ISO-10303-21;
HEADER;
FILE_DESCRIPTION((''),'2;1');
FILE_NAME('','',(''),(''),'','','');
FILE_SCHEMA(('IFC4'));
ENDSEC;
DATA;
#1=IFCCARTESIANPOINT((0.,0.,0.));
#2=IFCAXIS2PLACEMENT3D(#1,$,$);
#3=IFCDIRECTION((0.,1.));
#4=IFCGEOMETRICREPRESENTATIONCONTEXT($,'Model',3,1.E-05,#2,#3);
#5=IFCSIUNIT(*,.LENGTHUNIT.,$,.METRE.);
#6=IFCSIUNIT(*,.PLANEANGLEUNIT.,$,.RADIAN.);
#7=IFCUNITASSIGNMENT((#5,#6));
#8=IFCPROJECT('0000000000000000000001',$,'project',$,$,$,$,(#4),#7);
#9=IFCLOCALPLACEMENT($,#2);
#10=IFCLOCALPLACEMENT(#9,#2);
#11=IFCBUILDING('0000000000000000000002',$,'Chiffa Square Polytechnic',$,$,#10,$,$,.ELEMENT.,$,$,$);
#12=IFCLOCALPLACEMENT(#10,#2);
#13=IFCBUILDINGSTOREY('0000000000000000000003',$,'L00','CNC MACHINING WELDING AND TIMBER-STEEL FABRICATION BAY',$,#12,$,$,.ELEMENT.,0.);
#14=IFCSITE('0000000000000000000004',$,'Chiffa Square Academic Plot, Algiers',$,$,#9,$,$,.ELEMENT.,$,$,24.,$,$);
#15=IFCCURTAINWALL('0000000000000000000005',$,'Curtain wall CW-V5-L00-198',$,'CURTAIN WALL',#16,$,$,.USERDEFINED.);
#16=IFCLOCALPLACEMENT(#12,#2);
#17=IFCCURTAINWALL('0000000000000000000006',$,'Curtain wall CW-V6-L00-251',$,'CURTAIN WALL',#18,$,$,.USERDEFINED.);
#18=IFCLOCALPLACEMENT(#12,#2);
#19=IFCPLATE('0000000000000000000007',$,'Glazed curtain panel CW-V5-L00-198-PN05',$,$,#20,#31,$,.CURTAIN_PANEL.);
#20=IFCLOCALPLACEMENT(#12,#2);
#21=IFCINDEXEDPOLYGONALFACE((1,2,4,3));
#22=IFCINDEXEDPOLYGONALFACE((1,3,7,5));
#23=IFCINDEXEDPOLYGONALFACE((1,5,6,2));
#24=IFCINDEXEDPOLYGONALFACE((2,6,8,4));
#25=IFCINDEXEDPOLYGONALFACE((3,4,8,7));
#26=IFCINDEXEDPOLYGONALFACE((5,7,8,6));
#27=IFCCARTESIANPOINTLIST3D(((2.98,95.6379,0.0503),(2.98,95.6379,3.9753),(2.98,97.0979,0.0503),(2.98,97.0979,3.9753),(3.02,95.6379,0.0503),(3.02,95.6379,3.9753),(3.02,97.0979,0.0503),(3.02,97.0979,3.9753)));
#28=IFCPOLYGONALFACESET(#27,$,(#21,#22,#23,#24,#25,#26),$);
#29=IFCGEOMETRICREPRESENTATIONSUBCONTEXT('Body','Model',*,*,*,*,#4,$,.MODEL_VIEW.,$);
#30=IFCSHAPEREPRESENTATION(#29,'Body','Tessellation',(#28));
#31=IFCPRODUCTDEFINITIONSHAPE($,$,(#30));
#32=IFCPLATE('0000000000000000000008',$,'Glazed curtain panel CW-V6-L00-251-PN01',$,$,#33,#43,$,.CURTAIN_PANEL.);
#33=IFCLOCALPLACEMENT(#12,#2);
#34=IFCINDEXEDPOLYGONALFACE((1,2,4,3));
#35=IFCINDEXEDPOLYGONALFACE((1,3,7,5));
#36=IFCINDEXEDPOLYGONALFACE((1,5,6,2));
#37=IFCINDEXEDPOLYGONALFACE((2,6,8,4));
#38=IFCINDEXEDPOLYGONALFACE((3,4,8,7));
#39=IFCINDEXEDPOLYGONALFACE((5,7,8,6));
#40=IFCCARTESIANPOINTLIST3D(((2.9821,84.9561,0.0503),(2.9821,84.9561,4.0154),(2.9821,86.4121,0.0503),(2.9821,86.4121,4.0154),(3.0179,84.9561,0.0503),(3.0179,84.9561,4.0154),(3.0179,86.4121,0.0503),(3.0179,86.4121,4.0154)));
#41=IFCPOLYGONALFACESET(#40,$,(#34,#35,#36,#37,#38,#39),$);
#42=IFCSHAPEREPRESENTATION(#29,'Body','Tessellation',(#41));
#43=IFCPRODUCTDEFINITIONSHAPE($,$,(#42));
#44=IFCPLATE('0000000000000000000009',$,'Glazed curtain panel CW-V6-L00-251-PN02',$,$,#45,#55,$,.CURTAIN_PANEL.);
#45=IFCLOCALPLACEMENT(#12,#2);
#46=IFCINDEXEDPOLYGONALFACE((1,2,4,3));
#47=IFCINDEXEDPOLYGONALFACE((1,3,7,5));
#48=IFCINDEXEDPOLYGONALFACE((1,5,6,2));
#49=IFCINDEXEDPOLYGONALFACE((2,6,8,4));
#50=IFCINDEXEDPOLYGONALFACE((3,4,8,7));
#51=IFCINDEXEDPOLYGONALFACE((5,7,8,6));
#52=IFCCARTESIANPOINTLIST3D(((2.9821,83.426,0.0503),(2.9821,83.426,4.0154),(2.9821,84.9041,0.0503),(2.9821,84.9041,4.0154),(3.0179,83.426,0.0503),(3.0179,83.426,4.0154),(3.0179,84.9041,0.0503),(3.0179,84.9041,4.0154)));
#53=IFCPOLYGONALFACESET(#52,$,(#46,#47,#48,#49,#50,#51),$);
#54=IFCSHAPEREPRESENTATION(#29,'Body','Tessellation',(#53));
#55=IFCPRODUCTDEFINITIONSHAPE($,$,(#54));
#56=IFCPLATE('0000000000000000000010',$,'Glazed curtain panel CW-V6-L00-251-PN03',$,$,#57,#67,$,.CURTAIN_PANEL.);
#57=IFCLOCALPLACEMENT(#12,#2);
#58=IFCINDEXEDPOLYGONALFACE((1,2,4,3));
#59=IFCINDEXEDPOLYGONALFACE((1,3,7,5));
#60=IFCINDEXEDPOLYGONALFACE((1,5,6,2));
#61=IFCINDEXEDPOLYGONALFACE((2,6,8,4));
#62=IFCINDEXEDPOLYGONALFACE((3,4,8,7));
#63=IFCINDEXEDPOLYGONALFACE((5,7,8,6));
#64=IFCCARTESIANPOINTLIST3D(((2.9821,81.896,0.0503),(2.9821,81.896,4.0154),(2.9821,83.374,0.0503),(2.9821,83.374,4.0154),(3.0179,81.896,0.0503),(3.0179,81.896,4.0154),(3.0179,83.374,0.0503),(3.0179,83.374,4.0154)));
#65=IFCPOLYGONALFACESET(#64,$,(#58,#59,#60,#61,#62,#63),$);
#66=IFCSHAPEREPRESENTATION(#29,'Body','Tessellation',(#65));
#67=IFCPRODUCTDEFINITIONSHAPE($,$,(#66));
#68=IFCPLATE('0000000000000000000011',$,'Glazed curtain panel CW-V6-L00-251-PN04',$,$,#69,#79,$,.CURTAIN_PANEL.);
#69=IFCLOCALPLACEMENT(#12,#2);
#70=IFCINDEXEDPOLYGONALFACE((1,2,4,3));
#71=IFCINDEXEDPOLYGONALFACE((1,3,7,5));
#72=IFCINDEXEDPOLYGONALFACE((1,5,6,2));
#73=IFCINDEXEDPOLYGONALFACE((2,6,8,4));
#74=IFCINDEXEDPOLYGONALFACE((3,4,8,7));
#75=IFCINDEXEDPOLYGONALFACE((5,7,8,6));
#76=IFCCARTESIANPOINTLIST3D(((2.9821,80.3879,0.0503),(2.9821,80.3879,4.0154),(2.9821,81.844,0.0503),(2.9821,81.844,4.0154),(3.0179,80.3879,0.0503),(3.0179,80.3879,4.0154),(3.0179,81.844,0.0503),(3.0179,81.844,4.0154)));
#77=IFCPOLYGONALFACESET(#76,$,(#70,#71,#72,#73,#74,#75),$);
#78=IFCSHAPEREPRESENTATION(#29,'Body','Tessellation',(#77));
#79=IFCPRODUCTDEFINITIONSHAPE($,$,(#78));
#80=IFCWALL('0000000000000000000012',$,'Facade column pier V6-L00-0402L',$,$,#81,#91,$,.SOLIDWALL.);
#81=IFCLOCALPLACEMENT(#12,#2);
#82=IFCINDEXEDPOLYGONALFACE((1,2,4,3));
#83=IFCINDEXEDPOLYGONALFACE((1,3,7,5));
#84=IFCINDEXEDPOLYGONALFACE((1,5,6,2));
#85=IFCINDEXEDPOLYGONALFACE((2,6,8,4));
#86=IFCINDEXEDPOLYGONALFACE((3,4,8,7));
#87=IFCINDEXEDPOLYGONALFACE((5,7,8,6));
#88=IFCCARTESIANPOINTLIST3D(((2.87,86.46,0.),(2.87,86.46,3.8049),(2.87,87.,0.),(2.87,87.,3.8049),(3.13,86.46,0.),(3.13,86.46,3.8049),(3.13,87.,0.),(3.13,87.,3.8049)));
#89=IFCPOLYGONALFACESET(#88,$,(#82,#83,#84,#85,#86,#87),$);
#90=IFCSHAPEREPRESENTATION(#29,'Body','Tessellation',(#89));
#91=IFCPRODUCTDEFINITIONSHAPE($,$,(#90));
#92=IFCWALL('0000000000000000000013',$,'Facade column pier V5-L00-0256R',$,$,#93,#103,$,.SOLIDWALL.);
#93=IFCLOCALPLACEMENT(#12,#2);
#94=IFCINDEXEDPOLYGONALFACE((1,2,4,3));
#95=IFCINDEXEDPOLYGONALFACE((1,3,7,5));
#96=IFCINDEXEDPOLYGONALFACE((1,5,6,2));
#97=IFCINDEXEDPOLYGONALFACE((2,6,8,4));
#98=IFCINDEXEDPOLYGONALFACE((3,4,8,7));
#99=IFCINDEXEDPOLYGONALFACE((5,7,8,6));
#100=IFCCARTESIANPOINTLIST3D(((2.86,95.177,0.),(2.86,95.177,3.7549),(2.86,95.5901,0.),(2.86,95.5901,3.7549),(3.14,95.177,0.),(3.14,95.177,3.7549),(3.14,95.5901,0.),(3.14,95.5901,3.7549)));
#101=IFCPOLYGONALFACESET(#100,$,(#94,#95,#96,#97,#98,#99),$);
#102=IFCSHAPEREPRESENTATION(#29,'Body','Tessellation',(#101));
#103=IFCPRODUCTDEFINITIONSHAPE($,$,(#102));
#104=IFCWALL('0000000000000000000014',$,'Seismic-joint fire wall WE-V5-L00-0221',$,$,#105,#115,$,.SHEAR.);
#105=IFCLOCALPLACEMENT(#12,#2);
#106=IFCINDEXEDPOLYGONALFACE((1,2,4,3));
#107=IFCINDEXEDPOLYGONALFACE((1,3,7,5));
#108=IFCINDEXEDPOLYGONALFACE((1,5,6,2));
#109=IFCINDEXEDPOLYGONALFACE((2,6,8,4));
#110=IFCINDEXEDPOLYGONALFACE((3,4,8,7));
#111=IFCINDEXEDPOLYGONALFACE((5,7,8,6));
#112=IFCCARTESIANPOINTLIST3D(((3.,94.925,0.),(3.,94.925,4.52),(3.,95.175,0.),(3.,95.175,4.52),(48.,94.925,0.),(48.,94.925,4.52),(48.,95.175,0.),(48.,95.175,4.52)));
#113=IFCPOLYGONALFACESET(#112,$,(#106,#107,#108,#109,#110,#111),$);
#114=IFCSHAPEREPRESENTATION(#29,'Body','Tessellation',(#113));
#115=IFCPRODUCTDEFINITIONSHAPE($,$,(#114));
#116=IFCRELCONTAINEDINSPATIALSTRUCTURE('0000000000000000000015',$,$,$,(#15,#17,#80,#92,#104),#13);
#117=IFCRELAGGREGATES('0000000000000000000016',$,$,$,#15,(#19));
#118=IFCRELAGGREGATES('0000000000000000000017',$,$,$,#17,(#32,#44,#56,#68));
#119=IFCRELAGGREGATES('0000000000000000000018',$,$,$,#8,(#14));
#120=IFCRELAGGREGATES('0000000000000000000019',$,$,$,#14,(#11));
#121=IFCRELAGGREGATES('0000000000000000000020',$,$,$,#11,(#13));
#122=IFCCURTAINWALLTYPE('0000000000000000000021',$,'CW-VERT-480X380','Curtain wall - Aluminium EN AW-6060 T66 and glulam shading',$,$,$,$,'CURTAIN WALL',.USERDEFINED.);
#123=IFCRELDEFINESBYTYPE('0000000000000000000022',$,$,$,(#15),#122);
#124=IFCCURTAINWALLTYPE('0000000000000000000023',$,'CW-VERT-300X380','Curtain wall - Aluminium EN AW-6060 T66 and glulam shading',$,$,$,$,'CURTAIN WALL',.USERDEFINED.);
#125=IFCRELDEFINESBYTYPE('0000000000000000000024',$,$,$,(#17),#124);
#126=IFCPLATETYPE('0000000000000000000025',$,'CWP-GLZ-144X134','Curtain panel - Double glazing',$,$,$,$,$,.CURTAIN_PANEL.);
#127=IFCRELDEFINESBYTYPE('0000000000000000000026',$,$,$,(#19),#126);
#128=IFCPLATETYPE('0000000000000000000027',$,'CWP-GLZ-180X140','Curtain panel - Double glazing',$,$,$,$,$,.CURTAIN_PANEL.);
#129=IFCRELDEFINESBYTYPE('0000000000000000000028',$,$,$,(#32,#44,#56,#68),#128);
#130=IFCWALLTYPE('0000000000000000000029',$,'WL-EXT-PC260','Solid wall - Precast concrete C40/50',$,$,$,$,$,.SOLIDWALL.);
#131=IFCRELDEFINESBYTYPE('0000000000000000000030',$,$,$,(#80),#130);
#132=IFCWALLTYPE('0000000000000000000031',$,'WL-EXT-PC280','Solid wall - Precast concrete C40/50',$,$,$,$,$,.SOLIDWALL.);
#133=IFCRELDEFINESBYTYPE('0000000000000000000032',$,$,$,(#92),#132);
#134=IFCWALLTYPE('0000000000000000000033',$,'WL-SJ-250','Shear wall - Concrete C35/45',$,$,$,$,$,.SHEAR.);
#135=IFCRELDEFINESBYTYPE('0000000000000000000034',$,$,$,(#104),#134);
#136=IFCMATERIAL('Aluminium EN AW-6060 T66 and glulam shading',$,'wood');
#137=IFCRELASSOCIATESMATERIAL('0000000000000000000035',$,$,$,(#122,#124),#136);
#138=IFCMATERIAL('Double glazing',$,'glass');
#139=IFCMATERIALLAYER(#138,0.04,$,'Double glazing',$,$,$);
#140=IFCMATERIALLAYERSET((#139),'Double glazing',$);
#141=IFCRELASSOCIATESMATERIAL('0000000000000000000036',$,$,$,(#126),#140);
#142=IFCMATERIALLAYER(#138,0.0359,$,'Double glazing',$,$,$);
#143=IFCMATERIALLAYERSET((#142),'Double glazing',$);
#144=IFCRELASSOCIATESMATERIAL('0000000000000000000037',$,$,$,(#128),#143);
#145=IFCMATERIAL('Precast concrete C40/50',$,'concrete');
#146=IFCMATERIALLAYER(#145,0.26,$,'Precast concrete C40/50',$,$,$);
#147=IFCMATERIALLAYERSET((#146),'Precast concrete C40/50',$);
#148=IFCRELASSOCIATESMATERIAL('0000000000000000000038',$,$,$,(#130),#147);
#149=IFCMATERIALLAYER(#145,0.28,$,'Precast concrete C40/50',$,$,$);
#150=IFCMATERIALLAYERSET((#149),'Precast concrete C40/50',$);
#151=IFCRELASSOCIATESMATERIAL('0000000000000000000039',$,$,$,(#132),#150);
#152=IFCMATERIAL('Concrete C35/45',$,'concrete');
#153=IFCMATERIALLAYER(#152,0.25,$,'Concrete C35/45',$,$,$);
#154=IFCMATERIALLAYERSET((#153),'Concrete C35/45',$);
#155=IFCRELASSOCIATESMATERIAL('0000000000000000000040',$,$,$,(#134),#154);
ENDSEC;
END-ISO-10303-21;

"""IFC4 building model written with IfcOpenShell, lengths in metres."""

from ifc_helpers import new_model, si_unit, direction, frame, frame_2d, origin, origin_2d, place, context, subcontext, project, spatial, rectangle, extrude, material, layer, layer_set, type_object, element, aggregate, save


model = new_model("IFC4")

# Units and contexts
model_context = context("Model", 3, precision=1e-05, world=origin(), true_north=direction((0.0, 1.0)))
body_context = subcontext(model_context, "Body", "Model", "MODEL_VIEW")
ifc_project = project(units=[si_unit("LENGTHUNIT", "METRE"), si_unit("PLANEANGLEUNIT", "RADIAN")], contexts=[model_context])

# Site, building, storey
site_placement = place(None, origin())
site = spatial("IfcSite", under=ifc_project, at=site_placement, Name="Chiffa Square Academic Plot, Algiers", CompositionType="ELEMENT", RefElevation=24.0)
building_placement = place(site_placement, origin())
building = spatial("IfcBuilding", under=site, at=building_placement, Name="Chiffa Square Polytechnic", CompositionType="ELEMENT")
storey_placement = place(building_placement, origin())
storey = spatial("IfcBuildingStorey", under=building, at=storey_placement, Name="L00", Description="CNC MACHINING WELDING AND TIMBER-STEEL FABRICATION BAY", CompositionType="ELEMENT", Elevation=0.0)

# Curtain walls
ifc_material_1 = material(Name="Aluminium EN AW-6060 T66 and glulam shading", Category="wood")
curtain_wall_type_1 = type_object("IfcCurtainWallType", Name="CW-VERT-480X380", Description="Curtain wall - Aluminium EN AW-6060 T66 and glulam shading", ElementType="CURTAIN WALL", PredefinedType="USERDEFINED", material=ifc_material_1)
curtain_wall_1_placement = place(storey_placement, origin())
curtain_wall_1 = element("IfcCurtainWall", 1, at=curtain_wall_1_placement, inside=storey, type_object=curtain_wall_type_1, Name="Curtain wall CW-V5-L00-198", ObjectType="CURTAIN WALL", PredefinedType="USERDEFINED")
curtain_wall_type_2 = type_object("IfcCurtainWallType", Name="CW-VERT-300X380", Description="Curtain wall - Aluminium EN AW-6060 T66 and glulam shading", ElementType="CURTAIN WALL", PredefinedType="USERDEFINED", material=ifc_material_1)
curtain_wall_2_placement = place(storey_placement, origin())
curtain_wall_2 = element("IfcCurtainWall", 2, at=curtain_wall_2_placement, inside=storey, type_object=curtain_wall_type_2, Name="Curtain wall CW-V6-L00-251", ObjectType="CURTAIN WALL", PredefinedType="USERDEFINED")

# Shared definitions
ifc_material_2 = material(Name="Concrete C35/45", Category="concrete")

# Plates
ifc_material_3 = material(Name="Double glazing", Category="glass")
ifc_layer_1 = layer(ifc_material_3, 0.04, Name="Double glazing")
ifc_layer_set_1 = layer_set([ifc_layer_1], Name="Double glazing")
plate_type_1 = type_object("IfcPlateType", Name="CWP-GLZ-144X134", Description="Curtain panel - Double glazing", PredefinedType="CURTAIN_PANEL", material=ifc_layer_set_1)
plate_1_placement = place(storey_placement, frame((3.0, 96.3679, 0.0503), z_axis=(0.0, 0.0, 1.0), x_axis=(0.0, -1.0, 0.0)))
plate_1 = element("IfcPlate", 3, at=plate_1_placement, type_object=plate_type_1, Name="Glazed curtain panel CW-V5-L00-198-PN05", PredefinedType="CURTAIN_PANEL", context=body_context, shape_type="SweptSolid", body=[
    extrude(rectangle(XDim=1.46, YDim=0.04, at=origin_2d()), origin(), (0.0, 0.0, 1.0), 3.925),
])
aggregate(curtain_wall_1, [plate_1])
ifc_layer_2 = layer(ifc_material_3, 0.0359, Name="Double glazing")
ifc_layer_set_2 = layer_set([ifc_layer_2], Name="Double glazing")
plate_type_2 = type_object("IfcPlateType", Name="CWP-GLZ-180X140", Description="Curtain panel - Double glazing", PredefinedType="CURTAIN_PANEL", material=ifc_layer_set_2)
plate_2_placement = place(storey_placement, frame((3.0, 85.6841, 0.0503), z_axis=(0.0, 0.0, 1.0), x_axis=(0.0, -1.0, 0.0)))
plate_2 = element("IfcPlate", 4, at=plate_2_placement, type_object=plate_type_2, Name="Glazed curtain panel CW-V6-L00-251-PN01", PredefinedType="CURTAIN_PANEL", context=body_context, shape_type="SweptSolid", body=[
    extrude(rectangle(XDim=1.4561, YDim=0.0359, at=origin_2d()), origin(), (0.0, 0.0, 1.0), 3.9651),
])
plate_3_placement = place(storey_placement, frame((3.0, 84.165, 0.0503), z_axis=(0.0, 0.0, 1.0), x_axis=(0.0, -1.0, 0.0)))
plate_3 = element("IfcPlate", 5, at=plate_3_placement, type_object=plate_type_2, Name="Glazed curtain panel CW-V6-L00-251-PN02", PredefinedType="CURTAIN_PANEL", context=body_context, shape_type="SweptSolid", body=[
    extrude(rectangle(XDim=1.478, YDim=0.0359, at=origin_2d()), origin(), (0.0, 0.0, 1.0), 3.9651),
])
plate_4_placement = place(storey_placement, frame((3.0, 82.635, 0.0503), z_axis=(0.0, 0.0, 1.0), x_axis=(0.0, -1.0, 0.0)))
plate_4 = element("IfcPlate", 6, at=plate_4_placement, type_object=plate_type_2, Name="Glazed curtain panel CW-V6-L00-251-PN03", PredefinedType="CURTAIN_PANEL", context=body_context, shape_type="SweptSolid", body=[
    extrude(rectangle(XDim=1.478, YDim=0.0359, at=origin_2d()), origin(), (0.0, 0.0, 1.0), 3.9651),
])
plate_5_placement = place(storey_placement, frame((3.0, 81.116, 0.0503), z_axis=(0.0, 0.0, 1.0), x_axis=(0.0, -1.0, 0.0)))
plate_5 = element("IfcPlate", 7, at=plate_5_placement, type_object=plate_type_2, Name="Glazed curtain panel CW-V6-L00-251-PN04", PredefinedType="CURTAIN_PANEL", context=body_context, shape_type="SweptSolid", body=[
    extrude(rectangle(XDim=1.4561, YDim=0.0359, at=origin_2d()), origin(), (0.0, 0.0, 1.0), 3.9651),
])
aggregate(curtain_wall_2, [plate_2, plate_3, plate_4, plate_5])

# Shared definitions
ifc_material_4 = material(Name="Precast concrete C40/50", Category="concrete")

# Walls
ifc_layer_3 = layer(ifc_material_4, 0.26, Name="Precast concrete C40/50")
ifc_layer_set_3 = layer_set([ifc_layer_3], Name="Precast concrete C40/50")
wall_type_1 = type_object("IfcWallType", Name="WL-EXT-PC260", Description="Solid wall - Precast concrete C40/50", PredefinedType="SOLIDWALL", material=ifc_layer_set_3)
wall_1_placement = place(storey_placement, frame((3.0, 87.0, 0.0), z_axis=(0.0, 0.0, 1.0), x_axis=(0.0, -1.0, 0.0)))
element("IfcWall", 8, at=wall_1_placement, inside=storey, type_object=wall_type_1, Name="Facade column pier V6-L00-0402L", PredefinedType="SOLIDWALL", context=body_context, shape_type="SweptSolid", body=[
    extrude(rectangle(XDim=0.54, YDim=0.26, at=frame_2d((0.27, 0.0))), origin(), (0.0, 0.0, 1.0), 3.8049),
])
ifc_layer_4 = layer(ifc_material_4, 0.28, Name="Precast concrete C40/50")
ifc_layer_set_4 = layer_set([ifc_layer_4], Name="Precast concrete C40/50")
wall_type_2 = type_object("IfcWallType", Name="WL-EXT-PC280", Description="Solid wall - Precast concrete C40/50", PredefinedType="SOLIDWALL", material=ifc_layer_set_4)
wall_2_placement = place(storey_placement, frame((3.0, 95.5901, 0.0), z_axis=(0.0, 0.0, 1.0), x_axis=(0.0, -1.0, 0.0)))
element("IfcWall", 9, at=wall_2_placement, inside=storey, type_object=wall_type_2, Name="Facade column pier V5-L00-0256R", PredefinedType="SOLIDWALL", context=body_context, shape_type="SweptSolid", body=[
    extrude(rectangle(XDim=0.4131, YDim=0.28, at=frame_2d((0.2065, 0.0))), origin(), (0.0, 0.0, 1.0), 3.7549),
])
ifc_layer_5 = layer(ifc_material_2, 0.25, Name="Concrete C35/45")
ifc_layer_set_5 = layer_set([ifc_layer_5], Name="Concrete C35/45")
wall_type_3 = type_object("IfcWallType", Name="WL-SJ-250", Description="Shear wall - Concrete C35/45", PredefinedType="SHEAR", material=ifc_layer_set_5)
wall_3_placement = place(storey_placement, frame((3.0, 95.05, 0.0), z_axis=(0.0, 0.0, 1.0), x_axis=(1.0, 0.0, 0.0)))
element("IfcWall", 10, at=wall_3_placement, inside=storey, type_object=wall_type_3, Name="Seismic-joint fire wall WE-V5-L00-0221", PredefinedType="SHEAR", context=body_context, shape_type="SweptSolid", body=[
    extrude(rectangle(XDim=45.0, YDim=0.25, at=frame_2d((22.5, 0.0))), origin(), (0.0, 0.0, 1.0), 4.52),
])

save(model, "model.ifc")
